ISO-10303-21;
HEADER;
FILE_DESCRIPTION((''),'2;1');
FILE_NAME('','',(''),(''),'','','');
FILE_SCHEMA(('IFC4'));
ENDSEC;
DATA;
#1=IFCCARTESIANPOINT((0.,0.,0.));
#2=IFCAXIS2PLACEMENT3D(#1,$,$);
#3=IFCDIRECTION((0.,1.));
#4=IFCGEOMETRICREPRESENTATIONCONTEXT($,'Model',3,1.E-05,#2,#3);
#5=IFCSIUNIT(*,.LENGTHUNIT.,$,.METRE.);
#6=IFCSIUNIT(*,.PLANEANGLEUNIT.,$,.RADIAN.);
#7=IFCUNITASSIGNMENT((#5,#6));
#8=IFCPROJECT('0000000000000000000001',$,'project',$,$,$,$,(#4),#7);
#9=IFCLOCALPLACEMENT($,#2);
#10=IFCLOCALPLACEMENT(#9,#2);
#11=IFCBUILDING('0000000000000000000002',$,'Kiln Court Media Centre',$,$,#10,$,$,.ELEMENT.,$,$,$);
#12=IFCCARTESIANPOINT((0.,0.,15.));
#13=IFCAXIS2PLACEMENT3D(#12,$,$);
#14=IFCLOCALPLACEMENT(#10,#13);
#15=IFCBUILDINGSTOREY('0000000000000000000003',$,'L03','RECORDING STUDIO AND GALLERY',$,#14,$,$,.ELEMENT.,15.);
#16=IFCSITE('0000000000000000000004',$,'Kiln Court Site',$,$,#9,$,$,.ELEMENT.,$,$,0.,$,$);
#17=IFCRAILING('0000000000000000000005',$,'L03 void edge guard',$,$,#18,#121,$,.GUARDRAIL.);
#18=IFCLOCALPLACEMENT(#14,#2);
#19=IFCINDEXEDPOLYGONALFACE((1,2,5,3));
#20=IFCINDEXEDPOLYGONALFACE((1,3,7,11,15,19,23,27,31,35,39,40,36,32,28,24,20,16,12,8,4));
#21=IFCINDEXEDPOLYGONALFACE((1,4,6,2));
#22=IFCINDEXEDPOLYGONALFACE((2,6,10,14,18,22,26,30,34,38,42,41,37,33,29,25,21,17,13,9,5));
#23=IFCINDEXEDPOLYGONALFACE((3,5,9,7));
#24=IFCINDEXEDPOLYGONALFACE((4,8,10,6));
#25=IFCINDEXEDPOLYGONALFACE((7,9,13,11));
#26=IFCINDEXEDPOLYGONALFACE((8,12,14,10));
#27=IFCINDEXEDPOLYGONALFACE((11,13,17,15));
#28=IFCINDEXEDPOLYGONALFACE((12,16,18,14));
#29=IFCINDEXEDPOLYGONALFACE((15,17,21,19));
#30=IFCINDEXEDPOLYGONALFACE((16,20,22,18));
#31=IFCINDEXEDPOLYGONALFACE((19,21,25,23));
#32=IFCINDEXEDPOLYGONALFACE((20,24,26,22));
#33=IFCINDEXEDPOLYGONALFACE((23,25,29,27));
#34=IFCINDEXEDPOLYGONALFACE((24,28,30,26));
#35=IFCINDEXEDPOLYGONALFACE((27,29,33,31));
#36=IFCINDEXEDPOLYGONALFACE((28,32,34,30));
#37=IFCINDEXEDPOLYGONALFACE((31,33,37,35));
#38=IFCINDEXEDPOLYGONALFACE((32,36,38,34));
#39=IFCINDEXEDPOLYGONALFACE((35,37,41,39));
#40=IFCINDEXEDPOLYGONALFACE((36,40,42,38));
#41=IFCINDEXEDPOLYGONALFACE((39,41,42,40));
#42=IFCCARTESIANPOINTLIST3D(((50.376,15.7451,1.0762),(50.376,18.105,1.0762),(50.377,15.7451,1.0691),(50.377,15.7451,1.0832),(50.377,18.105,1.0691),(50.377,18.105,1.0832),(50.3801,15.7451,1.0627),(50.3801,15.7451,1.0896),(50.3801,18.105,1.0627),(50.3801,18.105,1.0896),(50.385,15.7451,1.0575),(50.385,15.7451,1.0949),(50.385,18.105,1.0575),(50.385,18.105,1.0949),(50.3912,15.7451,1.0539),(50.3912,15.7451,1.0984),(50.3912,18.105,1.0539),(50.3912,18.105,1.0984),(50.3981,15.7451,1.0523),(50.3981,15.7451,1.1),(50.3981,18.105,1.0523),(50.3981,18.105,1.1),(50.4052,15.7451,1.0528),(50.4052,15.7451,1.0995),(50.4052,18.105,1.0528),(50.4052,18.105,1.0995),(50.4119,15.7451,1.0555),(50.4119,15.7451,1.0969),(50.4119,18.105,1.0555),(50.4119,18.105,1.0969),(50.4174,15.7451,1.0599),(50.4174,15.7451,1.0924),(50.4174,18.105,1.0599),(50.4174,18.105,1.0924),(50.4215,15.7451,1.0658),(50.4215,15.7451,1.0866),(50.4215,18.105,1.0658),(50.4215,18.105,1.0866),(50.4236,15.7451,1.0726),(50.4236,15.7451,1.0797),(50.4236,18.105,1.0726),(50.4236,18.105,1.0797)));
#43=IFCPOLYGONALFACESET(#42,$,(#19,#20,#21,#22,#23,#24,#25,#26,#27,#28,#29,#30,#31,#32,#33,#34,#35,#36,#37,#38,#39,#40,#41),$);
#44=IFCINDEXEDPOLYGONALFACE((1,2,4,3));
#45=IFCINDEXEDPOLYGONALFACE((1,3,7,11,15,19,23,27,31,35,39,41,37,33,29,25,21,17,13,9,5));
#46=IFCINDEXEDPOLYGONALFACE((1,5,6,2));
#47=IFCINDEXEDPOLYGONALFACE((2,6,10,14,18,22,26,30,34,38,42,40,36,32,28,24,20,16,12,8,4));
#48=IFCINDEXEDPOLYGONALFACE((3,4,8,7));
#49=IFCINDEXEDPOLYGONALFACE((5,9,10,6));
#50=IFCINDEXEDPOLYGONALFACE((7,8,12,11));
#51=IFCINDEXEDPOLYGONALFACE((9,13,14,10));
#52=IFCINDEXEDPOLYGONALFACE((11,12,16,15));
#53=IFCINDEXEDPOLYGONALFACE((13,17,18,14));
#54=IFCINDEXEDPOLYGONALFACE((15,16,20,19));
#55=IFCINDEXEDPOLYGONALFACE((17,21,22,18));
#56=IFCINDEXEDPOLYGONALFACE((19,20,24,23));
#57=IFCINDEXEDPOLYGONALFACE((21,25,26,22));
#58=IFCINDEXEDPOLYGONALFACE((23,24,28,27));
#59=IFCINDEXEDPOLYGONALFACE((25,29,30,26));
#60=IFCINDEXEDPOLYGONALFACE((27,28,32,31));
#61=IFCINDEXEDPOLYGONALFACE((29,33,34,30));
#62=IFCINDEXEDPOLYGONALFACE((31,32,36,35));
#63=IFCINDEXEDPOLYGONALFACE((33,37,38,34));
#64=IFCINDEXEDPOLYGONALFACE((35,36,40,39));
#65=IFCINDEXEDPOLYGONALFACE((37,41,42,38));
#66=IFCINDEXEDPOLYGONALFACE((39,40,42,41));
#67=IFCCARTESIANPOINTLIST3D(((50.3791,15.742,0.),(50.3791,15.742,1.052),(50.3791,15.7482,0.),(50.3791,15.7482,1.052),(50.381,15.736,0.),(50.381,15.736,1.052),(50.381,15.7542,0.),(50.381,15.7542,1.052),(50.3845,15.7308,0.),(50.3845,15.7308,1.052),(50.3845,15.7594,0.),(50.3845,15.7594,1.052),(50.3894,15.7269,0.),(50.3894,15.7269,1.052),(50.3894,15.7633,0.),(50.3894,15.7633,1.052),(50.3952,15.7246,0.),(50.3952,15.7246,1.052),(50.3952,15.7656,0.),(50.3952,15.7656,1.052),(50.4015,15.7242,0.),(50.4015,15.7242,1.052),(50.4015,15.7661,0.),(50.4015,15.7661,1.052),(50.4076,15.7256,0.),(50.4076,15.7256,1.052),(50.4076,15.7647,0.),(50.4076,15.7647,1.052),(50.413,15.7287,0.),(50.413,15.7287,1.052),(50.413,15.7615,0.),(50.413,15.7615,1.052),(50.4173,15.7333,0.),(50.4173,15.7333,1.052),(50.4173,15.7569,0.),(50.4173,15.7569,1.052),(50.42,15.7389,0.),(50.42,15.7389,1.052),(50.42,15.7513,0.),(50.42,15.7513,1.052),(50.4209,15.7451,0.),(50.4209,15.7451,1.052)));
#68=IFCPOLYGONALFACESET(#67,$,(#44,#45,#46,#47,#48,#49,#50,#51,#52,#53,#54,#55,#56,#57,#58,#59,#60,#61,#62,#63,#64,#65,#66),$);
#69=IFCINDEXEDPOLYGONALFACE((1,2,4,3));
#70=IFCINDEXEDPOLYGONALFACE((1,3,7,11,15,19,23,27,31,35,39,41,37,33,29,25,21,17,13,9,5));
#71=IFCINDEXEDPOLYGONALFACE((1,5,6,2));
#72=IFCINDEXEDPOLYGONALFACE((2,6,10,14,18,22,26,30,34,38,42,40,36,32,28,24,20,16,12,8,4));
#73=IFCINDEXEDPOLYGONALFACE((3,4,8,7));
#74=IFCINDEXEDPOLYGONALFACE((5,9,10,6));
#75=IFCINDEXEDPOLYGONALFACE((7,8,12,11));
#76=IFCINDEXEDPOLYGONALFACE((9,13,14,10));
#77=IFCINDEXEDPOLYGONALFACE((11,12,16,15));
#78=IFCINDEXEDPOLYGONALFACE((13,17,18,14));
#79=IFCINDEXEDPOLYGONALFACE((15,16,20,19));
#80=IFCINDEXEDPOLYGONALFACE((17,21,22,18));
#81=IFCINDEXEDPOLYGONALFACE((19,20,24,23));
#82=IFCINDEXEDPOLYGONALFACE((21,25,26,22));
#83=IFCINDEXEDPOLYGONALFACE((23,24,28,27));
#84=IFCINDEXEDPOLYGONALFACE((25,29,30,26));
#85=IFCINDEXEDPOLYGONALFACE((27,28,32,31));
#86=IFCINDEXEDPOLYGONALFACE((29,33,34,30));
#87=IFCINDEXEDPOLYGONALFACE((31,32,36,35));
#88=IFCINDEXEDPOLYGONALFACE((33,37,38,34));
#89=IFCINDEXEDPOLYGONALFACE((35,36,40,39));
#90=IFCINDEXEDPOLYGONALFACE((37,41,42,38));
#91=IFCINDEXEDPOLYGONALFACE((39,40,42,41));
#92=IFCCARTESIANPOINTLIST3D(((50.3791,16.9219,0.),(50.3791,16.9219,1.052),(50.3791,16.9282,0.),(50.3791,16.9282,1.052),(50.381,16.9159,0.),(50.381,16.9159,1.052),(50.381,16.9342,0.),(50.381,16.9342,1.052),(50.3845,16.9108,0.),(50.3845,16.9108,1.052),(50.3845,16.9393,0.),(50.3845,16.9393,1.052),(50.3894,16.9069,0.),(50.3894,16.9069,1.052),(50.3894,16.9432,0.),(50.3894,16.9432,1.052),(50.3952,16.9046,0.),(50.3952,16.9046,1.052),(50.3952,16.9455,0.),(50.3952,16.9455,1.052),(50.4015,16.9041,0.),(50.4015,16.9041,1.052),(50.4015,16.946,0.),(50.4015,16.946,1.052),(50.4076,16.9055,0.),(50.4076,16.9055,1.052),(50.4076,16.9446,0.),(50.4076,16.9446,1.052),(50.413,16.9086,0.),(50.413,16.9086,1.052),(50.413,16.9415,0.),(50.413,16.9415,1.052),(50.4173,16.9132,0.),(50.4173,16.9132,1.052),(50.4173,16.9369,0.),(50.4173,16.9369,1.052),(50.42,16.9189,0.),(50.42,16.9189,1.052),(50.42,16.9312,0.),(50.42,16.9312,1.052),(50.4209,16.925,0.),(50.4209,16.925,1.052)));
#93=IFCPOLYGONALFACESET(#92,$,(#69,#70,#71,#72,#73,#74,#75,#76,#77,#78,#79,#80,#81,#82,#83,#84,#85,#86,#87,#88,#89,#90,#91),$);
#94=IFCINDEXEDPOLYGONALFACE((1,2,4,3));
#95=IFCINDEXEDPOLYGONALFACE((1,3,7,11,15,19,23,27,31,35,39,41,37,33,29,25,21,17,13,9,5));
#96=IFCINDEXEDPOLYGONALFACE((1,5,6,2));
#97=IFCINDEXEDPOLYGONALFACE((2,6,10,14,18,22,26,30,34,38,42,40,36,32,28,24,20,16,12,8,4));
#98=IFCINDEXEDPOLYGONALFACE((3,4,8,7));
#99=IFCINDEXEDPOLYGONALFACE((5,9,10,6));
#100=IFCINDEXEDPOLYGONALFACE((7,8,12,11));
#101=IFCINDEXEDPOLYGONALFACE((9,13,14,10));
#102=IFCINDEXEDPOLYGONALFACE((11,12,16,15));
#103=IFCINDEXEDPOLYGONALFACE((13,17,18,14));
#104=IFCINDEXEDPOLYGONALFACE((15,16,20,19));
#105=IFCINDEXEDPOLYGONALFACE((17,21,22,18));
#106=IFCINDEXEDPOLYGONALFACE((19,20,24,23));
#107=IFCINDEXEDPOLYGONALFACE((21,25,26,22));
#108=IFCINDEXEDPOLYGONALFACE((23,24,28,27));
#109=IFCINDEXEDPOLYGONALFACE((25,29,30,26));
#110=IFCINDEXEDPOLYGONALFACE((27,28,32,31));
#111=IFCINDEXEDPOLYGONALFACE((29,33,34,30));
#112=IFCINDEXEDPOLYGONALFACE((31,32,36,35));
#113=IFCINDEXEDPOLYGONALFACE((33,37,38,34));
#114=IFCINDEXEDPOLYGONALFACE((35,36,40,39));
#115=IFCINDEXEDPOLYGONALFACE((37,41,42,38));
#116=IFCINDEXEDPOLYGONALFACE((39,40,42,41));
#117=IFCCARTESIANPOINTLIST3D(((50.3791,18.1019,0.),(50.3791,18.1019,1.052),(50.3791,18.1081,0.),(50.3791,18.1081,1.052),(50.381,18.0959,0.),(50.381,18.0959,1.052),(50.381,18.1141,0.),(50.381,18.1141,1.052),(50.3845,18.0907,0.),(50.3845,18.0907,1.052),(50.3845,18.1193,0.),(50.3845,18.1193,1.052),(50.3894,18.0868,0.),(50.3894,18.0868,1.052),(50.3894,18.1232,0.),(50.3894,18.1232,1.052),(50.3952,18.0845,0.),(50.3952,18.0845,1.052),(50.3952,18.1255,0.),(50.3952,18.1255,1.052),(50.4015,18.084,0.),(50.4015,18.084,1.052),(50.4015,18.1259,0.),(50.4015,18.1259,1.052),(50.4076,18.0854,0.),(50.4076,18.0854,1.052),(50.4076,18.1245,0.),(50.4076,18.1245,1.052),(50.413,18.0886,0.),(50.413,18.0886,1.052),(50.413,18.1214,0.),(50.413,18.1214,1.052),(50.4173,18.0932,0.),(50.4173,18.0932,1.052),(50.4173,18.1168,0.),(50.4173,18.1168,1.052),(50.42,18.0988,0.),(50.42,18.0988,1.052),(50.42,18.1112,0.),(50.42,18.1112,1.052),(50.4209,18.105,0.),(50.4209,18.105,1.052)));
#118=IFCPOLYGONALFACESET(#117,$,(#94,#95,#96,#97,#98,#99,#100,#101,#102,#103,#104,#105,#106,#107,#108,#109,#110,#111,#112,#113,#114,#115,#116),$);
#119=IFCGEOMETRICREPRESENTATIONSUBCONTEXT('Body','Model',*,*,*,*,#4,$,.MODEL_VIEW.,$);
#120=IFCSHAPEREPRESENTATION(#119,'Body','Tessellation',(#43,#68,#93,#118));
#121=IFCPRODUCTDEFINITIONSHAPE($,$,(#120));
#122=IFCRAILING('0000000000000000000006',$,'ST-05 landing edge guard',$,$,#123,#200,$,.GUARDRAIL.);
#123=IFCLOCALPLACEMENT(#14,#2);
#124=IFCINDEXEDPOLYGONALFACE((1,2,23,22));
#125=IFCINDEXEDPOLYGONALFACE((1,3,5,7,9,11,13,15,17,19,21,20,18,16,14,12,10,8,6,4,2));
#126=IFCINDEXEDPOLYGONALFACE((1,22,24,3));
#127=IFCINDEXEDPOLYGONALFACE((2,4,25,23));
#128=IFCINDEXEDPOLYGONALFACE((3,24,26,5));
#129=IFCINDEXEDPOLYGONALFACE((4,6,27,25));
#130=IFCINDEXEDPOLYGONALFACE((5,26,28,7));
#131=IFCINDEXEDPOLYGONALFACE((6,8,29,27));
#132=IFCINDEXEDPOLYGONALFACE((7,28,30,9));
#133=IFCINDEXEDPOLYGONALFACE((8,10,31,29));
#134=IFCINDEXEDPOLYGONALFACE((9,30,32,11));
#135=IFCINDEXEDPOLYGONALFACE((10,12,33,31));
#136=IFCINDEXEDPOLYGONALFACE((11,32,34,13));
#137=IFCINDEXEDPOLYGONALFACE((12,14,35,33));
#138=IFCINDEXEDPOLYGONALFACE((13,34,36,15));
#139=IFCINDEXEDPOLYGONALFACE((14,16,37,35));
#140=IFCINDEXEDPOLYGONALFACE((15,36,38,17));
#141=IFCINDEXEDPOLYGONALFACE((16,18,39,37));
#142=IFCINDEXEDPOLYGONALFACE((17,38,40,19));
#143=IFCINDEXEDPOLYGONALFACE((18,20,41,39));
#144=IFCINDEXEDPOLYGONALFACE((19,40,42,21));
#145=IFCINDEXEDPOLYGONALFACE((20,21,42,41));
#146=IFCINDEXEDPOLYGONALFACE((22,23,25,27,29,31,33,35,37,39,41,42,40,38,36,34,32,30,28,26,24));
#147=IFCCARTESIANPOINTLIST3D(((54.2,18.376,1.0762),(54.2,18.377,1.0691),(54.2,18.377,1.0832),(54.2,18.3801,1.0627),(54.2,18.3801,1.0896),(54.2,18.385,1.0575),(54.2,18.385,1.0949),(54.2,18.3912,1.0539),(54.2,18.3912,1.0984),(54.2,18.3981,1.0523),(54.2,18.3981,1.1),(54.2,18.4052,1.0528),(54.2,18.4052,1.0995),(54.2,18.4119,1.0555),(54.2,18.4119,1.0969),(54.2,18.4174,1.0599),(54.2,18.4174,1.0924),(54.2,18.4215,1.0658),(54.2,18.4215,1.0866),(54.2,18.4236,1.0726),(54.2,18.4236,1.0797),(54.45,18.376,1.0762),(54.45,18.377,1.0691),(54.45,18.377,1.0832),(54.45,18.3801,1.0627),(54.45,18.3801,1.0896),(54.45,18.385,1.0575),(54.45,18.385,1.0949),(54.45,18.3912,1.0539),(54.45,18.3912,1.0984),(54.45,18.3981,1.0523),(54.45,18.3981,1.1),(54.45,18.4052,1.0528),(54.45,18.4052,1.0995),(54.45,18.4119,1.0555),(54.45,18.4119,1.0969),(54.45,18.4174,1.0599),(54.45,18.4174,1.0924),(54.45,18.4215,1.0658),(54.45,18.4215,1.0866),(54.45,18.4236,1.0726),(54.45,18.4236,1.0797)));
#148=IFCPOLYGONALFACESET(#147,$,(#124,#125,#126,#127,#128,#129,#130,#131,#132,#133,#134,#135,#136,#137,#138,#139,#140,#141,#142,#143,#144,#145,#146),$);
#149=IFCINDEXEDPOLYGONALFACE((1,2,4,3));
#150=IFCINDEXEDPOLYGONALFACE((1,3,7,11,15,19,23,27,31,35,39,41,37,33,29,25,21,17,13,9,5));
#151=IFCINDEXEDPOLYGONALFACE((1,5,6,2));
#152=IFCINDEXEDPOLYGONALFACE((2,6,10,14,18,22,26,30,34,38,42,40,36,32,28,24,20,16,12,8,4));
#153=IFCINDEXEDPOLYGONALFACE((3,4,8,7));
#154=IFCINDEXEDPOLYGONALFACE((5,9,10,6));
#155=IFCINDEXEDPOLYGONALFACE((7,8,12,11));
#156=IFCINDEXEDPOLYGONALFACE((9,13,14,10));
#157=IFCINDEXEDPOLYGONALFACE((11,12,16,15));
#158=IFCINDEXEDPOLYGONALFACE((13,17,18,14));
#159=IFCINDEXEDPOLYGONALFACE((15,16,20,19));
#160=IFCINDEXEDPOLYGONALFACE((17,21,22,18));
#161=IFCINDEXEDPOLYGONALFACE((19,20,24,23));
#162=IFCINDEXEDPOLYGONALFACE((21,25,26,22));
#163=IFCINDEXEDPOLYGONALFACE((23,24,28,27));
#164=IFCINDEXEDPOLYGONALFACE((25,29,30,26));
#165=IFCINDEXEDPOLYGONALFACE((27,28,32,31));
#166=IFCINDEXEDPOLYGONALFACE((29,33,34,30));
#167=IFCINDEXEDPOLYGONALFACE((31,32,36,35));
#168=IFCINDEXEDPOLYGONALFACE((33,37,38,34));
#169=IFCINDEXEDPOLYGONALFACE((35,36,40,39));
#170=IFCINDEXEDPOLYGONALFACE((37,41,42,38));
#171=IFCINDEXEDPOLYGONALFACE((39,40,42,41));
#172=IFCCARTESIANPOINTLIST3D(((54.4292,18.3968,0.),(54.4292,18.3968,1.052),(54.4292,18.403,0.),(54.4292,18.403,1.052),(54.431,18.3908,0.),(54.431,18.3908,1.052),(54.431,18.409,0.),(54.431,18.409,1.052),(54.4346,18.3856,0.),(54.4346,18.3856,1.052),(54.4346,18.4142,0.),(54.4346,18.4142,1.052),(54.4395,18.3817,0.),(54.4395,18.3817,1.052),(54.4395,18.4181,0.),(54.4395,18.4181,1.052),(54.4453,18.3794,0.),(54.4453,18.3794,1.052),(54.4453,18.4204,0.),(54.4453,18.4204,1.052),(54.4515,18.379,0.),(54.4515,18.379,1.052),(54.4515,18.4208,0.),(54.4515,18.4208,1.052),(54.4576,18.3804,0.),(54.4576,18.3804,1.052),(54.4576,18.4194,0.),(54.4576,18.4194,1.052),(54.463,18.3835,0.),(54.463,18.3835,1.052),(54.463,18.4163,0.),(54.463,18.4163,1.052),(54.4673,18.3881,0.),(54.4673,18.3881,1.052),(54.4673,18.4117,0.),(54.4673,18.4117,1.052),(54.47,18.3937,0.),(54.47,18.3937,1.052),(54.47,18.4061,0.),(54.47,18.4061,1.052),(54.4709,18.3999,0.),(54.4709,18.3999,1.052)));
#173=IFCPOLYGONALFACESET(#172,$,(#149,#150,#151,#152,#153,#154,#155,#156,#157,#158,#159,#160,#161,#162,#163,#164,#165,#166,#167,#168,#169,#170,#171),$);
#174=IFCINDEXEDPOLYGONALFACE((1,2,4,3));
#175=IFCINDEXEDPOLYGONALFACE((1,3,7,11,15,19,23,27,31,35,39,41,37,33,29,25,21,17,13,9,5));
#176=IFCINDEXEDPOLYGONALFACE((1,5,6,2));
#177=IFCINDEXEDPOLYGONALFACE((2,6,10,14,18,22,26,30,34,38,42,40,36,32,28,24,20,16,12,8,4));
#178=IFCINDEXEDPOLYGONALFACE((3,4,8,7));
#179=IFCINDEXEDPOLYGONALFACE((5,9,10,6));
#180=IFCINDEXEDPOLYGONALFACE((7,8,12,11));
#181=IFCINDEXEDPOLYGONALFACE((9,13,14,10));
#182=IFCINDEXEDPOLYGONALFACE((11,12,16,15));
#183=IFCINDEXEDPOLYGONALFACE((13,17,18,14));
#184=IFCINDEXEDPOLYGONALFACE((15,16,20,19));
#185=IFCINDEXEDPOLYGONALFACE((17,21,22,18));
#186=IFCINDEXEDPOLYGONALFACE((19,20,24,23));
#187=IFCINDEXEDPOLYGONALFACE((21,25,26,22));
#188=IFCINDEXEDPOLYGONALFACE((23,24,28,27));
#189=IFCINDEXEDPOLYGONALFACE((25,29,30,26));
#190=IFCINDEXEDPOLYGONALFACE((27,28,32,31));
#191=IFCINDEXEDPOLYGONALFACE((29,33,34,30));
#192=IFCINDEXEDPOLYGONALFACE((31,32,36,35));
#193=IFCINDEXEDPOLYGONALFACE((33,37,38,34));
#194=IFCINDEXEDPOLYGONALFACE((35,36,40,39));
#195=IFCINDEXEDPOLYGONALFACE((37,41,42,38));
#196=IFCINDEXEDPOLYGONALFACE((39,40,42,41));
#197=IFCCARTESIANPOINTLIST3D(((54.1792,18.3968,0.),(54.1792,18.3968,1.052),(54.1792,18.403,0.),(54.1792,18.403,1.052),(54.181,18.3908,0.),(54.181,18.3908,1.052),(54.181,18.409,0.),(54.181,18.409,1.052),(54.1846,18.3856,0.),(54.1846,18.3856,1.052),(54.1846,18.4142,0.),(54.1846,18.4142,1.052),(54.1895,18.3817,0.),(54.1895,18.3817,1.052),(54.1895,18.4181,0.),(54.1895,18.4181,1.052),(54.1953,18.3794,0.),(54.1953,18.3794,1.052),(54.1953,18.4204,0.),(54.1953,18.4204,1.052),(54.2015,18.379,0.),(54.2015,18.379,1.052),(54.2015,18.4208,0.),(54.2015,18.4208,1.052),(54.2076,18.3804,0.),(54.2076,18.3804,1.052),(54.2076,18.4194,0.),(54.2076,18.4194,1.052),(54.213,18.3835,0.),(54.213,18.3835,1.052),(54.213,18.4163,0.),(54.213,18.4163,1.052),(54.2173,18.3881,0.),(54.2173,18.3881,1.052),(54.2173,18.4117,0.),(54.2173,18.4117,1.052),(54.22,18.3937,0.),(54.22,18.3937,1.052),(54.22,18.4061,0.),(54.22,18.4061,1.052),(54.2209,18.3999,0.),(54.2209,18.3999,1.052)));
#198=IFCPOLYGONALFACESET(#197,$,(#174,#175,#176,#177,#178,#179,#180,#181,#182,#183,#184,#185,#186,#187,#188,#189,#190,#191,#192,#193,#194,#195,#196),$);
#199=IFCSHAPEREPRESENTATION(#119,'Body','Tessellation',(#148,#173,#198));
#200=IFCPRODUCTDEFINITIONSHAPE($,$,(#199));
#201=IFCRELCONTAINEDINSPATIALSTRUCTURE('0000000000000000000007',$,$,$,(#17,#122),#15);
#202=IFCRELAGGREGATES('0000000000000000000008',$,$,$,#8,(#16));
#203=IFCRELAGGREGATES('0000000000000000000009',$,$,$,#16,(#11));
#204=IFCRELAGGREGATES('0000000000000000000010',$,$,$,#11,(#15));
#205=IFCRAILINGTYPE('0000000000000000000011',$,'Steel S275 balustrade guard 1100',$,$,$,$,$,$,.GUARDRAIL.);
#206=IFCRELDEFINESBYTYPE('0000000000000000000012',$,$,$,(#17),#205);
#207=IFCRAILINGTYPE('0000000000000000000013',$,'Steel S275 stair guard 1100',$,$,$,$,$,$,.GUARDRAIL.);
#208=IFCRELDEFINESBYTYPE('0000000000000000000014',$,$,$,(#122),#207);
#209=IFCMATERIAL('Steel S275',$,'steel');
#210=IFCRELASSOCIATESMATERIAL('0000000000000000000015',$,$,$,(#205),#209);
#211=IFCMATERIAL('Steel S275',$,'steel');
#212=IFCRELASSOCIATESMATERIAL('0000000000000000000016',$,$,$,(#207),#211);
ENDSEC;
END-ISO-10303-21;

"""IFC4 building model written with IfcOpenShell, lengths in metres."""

from ifc_helpers import new_model, si_unit, direction, frame, origin, origin_2d, place, context, subcontext, project, spatial, circle, extrude, material, type_object, element, save


model = new_model("IFC4")

# Units and contexts
model_context = context("Model", 3, precision=1e-05, world=origin(), true_north=direction((0.0, 1.0)))
body_context = subcontext(model_context, "Body", "Model", "MODEL_VIEW")
ifc_project = project(units=[si_unit("LENGTHUNIT", "METRE"), si_unit("PLANEANGLEUNIT", "RADIAN")], contexts=[model_context])

# Site, building, storey
site_placement = place(None, origin())
site = spatial("IfcSite", under=ifc_project, at=site_placement, Name="Kiln Court Site", CompositionType="ELEMENT", RefElevation=0.0)
building_placement = place(site_placement, origin())
building = spatial("IfcBuilding", under=site, at=building_placement, Name="Kiln Court Media Centre", CompositionType="ELEMENT")
storey_placement = place(building_placement, frame((0.0, 0.0, 15.0)))
storey = spatial("IfcBuildingStorey", under=building, at=storey_placement, Name="L03", Description="RECORDING STUDIO AND GALLERY", CompositionType="ELEMENT", Elevation=15.0)

# Railings
ifc_material_1 = material(Name="Steel S275", Category="steel")
railing_type_1 = type_object("IfcRailingType", Name="Steel S275 balustrade guard 1100", PredefinedType="GUARDRAIL", material=ifc_material_1)
railing_1_placement = place(storey_placement, frame((50.3999, 15.7451, 0.0)))
element("IfcRailing", 1, at=railing_1_placement, inside=storey, type_object=railing_type_1, Name="L03 void edge guard", PredefinedType="GUARDRAIL", context=body_context, shape_type="SweptSolid", body=[
    extrude(circle(Radius=0.0239, at=origin_2d()), frame((0.0, 0.0, 1.0762), z_axis=(0.0, 1.0, 0.0), x_axis=(-1.0, 0.0, 0.0)), (0.0, 0.0, 1.0), 2.3599),
    extrude(circle(Radius=0.021, at=origin_2d()), origin(), (0.0, 0.0, 1.0), 1.052),
    extrude(circle(Radius=0.021, at=origin_2d()), frame((0.0, 1.1799, 0.0)), (0.0, 0.0, 1.0), 1.052),
    extrude(circle(Radius=0.021, at=origin_2d()), frame((0.0, 2.3599, 0.0)), (0.0, 0.0, 1.0), 1.052),
])
ifc_material_2 = material(Name="Steel S275", Category="steel")
railing_type_2 = type_object("IfcRailingType", Name="Steel S275 stair guard 1100", PredefinedType="GUARDRAIL", material=ifc_material_2)
railing_2_placement = place(storey_placement, frame((54.45, 18.3999, 0.0)))
element("IfcRailing", 2, at=railing_2_placement, inside=storey, type_object=railing_type_2, Name="ST-05 landing edge guard", PredefinedType="GUARDRAIL", context=body_context, shape_type="SweptSolid", body=[
    extrude(circle(Radius=0.0239, at=origin_2d()), frame((0.0, 0.0, 1.0762), z_axis=(-1.0, 0.0, 0.0), x_axis=(0.0, -1.0, 0.0)), (0.0, 0.0, 1.0), 0.25),
    extrude(circle(Radius=0.021, at=origin_2d()), origin(), (0.0, 0.0, 1.0), 1.052),
    extrude(circle(Radius=0.021, at=origin_2d()), frame((-0.25, 0.0, 0.0)), (0.0, 0.0, 1.0), 1.052),
])

save(model, "model.ifc")
